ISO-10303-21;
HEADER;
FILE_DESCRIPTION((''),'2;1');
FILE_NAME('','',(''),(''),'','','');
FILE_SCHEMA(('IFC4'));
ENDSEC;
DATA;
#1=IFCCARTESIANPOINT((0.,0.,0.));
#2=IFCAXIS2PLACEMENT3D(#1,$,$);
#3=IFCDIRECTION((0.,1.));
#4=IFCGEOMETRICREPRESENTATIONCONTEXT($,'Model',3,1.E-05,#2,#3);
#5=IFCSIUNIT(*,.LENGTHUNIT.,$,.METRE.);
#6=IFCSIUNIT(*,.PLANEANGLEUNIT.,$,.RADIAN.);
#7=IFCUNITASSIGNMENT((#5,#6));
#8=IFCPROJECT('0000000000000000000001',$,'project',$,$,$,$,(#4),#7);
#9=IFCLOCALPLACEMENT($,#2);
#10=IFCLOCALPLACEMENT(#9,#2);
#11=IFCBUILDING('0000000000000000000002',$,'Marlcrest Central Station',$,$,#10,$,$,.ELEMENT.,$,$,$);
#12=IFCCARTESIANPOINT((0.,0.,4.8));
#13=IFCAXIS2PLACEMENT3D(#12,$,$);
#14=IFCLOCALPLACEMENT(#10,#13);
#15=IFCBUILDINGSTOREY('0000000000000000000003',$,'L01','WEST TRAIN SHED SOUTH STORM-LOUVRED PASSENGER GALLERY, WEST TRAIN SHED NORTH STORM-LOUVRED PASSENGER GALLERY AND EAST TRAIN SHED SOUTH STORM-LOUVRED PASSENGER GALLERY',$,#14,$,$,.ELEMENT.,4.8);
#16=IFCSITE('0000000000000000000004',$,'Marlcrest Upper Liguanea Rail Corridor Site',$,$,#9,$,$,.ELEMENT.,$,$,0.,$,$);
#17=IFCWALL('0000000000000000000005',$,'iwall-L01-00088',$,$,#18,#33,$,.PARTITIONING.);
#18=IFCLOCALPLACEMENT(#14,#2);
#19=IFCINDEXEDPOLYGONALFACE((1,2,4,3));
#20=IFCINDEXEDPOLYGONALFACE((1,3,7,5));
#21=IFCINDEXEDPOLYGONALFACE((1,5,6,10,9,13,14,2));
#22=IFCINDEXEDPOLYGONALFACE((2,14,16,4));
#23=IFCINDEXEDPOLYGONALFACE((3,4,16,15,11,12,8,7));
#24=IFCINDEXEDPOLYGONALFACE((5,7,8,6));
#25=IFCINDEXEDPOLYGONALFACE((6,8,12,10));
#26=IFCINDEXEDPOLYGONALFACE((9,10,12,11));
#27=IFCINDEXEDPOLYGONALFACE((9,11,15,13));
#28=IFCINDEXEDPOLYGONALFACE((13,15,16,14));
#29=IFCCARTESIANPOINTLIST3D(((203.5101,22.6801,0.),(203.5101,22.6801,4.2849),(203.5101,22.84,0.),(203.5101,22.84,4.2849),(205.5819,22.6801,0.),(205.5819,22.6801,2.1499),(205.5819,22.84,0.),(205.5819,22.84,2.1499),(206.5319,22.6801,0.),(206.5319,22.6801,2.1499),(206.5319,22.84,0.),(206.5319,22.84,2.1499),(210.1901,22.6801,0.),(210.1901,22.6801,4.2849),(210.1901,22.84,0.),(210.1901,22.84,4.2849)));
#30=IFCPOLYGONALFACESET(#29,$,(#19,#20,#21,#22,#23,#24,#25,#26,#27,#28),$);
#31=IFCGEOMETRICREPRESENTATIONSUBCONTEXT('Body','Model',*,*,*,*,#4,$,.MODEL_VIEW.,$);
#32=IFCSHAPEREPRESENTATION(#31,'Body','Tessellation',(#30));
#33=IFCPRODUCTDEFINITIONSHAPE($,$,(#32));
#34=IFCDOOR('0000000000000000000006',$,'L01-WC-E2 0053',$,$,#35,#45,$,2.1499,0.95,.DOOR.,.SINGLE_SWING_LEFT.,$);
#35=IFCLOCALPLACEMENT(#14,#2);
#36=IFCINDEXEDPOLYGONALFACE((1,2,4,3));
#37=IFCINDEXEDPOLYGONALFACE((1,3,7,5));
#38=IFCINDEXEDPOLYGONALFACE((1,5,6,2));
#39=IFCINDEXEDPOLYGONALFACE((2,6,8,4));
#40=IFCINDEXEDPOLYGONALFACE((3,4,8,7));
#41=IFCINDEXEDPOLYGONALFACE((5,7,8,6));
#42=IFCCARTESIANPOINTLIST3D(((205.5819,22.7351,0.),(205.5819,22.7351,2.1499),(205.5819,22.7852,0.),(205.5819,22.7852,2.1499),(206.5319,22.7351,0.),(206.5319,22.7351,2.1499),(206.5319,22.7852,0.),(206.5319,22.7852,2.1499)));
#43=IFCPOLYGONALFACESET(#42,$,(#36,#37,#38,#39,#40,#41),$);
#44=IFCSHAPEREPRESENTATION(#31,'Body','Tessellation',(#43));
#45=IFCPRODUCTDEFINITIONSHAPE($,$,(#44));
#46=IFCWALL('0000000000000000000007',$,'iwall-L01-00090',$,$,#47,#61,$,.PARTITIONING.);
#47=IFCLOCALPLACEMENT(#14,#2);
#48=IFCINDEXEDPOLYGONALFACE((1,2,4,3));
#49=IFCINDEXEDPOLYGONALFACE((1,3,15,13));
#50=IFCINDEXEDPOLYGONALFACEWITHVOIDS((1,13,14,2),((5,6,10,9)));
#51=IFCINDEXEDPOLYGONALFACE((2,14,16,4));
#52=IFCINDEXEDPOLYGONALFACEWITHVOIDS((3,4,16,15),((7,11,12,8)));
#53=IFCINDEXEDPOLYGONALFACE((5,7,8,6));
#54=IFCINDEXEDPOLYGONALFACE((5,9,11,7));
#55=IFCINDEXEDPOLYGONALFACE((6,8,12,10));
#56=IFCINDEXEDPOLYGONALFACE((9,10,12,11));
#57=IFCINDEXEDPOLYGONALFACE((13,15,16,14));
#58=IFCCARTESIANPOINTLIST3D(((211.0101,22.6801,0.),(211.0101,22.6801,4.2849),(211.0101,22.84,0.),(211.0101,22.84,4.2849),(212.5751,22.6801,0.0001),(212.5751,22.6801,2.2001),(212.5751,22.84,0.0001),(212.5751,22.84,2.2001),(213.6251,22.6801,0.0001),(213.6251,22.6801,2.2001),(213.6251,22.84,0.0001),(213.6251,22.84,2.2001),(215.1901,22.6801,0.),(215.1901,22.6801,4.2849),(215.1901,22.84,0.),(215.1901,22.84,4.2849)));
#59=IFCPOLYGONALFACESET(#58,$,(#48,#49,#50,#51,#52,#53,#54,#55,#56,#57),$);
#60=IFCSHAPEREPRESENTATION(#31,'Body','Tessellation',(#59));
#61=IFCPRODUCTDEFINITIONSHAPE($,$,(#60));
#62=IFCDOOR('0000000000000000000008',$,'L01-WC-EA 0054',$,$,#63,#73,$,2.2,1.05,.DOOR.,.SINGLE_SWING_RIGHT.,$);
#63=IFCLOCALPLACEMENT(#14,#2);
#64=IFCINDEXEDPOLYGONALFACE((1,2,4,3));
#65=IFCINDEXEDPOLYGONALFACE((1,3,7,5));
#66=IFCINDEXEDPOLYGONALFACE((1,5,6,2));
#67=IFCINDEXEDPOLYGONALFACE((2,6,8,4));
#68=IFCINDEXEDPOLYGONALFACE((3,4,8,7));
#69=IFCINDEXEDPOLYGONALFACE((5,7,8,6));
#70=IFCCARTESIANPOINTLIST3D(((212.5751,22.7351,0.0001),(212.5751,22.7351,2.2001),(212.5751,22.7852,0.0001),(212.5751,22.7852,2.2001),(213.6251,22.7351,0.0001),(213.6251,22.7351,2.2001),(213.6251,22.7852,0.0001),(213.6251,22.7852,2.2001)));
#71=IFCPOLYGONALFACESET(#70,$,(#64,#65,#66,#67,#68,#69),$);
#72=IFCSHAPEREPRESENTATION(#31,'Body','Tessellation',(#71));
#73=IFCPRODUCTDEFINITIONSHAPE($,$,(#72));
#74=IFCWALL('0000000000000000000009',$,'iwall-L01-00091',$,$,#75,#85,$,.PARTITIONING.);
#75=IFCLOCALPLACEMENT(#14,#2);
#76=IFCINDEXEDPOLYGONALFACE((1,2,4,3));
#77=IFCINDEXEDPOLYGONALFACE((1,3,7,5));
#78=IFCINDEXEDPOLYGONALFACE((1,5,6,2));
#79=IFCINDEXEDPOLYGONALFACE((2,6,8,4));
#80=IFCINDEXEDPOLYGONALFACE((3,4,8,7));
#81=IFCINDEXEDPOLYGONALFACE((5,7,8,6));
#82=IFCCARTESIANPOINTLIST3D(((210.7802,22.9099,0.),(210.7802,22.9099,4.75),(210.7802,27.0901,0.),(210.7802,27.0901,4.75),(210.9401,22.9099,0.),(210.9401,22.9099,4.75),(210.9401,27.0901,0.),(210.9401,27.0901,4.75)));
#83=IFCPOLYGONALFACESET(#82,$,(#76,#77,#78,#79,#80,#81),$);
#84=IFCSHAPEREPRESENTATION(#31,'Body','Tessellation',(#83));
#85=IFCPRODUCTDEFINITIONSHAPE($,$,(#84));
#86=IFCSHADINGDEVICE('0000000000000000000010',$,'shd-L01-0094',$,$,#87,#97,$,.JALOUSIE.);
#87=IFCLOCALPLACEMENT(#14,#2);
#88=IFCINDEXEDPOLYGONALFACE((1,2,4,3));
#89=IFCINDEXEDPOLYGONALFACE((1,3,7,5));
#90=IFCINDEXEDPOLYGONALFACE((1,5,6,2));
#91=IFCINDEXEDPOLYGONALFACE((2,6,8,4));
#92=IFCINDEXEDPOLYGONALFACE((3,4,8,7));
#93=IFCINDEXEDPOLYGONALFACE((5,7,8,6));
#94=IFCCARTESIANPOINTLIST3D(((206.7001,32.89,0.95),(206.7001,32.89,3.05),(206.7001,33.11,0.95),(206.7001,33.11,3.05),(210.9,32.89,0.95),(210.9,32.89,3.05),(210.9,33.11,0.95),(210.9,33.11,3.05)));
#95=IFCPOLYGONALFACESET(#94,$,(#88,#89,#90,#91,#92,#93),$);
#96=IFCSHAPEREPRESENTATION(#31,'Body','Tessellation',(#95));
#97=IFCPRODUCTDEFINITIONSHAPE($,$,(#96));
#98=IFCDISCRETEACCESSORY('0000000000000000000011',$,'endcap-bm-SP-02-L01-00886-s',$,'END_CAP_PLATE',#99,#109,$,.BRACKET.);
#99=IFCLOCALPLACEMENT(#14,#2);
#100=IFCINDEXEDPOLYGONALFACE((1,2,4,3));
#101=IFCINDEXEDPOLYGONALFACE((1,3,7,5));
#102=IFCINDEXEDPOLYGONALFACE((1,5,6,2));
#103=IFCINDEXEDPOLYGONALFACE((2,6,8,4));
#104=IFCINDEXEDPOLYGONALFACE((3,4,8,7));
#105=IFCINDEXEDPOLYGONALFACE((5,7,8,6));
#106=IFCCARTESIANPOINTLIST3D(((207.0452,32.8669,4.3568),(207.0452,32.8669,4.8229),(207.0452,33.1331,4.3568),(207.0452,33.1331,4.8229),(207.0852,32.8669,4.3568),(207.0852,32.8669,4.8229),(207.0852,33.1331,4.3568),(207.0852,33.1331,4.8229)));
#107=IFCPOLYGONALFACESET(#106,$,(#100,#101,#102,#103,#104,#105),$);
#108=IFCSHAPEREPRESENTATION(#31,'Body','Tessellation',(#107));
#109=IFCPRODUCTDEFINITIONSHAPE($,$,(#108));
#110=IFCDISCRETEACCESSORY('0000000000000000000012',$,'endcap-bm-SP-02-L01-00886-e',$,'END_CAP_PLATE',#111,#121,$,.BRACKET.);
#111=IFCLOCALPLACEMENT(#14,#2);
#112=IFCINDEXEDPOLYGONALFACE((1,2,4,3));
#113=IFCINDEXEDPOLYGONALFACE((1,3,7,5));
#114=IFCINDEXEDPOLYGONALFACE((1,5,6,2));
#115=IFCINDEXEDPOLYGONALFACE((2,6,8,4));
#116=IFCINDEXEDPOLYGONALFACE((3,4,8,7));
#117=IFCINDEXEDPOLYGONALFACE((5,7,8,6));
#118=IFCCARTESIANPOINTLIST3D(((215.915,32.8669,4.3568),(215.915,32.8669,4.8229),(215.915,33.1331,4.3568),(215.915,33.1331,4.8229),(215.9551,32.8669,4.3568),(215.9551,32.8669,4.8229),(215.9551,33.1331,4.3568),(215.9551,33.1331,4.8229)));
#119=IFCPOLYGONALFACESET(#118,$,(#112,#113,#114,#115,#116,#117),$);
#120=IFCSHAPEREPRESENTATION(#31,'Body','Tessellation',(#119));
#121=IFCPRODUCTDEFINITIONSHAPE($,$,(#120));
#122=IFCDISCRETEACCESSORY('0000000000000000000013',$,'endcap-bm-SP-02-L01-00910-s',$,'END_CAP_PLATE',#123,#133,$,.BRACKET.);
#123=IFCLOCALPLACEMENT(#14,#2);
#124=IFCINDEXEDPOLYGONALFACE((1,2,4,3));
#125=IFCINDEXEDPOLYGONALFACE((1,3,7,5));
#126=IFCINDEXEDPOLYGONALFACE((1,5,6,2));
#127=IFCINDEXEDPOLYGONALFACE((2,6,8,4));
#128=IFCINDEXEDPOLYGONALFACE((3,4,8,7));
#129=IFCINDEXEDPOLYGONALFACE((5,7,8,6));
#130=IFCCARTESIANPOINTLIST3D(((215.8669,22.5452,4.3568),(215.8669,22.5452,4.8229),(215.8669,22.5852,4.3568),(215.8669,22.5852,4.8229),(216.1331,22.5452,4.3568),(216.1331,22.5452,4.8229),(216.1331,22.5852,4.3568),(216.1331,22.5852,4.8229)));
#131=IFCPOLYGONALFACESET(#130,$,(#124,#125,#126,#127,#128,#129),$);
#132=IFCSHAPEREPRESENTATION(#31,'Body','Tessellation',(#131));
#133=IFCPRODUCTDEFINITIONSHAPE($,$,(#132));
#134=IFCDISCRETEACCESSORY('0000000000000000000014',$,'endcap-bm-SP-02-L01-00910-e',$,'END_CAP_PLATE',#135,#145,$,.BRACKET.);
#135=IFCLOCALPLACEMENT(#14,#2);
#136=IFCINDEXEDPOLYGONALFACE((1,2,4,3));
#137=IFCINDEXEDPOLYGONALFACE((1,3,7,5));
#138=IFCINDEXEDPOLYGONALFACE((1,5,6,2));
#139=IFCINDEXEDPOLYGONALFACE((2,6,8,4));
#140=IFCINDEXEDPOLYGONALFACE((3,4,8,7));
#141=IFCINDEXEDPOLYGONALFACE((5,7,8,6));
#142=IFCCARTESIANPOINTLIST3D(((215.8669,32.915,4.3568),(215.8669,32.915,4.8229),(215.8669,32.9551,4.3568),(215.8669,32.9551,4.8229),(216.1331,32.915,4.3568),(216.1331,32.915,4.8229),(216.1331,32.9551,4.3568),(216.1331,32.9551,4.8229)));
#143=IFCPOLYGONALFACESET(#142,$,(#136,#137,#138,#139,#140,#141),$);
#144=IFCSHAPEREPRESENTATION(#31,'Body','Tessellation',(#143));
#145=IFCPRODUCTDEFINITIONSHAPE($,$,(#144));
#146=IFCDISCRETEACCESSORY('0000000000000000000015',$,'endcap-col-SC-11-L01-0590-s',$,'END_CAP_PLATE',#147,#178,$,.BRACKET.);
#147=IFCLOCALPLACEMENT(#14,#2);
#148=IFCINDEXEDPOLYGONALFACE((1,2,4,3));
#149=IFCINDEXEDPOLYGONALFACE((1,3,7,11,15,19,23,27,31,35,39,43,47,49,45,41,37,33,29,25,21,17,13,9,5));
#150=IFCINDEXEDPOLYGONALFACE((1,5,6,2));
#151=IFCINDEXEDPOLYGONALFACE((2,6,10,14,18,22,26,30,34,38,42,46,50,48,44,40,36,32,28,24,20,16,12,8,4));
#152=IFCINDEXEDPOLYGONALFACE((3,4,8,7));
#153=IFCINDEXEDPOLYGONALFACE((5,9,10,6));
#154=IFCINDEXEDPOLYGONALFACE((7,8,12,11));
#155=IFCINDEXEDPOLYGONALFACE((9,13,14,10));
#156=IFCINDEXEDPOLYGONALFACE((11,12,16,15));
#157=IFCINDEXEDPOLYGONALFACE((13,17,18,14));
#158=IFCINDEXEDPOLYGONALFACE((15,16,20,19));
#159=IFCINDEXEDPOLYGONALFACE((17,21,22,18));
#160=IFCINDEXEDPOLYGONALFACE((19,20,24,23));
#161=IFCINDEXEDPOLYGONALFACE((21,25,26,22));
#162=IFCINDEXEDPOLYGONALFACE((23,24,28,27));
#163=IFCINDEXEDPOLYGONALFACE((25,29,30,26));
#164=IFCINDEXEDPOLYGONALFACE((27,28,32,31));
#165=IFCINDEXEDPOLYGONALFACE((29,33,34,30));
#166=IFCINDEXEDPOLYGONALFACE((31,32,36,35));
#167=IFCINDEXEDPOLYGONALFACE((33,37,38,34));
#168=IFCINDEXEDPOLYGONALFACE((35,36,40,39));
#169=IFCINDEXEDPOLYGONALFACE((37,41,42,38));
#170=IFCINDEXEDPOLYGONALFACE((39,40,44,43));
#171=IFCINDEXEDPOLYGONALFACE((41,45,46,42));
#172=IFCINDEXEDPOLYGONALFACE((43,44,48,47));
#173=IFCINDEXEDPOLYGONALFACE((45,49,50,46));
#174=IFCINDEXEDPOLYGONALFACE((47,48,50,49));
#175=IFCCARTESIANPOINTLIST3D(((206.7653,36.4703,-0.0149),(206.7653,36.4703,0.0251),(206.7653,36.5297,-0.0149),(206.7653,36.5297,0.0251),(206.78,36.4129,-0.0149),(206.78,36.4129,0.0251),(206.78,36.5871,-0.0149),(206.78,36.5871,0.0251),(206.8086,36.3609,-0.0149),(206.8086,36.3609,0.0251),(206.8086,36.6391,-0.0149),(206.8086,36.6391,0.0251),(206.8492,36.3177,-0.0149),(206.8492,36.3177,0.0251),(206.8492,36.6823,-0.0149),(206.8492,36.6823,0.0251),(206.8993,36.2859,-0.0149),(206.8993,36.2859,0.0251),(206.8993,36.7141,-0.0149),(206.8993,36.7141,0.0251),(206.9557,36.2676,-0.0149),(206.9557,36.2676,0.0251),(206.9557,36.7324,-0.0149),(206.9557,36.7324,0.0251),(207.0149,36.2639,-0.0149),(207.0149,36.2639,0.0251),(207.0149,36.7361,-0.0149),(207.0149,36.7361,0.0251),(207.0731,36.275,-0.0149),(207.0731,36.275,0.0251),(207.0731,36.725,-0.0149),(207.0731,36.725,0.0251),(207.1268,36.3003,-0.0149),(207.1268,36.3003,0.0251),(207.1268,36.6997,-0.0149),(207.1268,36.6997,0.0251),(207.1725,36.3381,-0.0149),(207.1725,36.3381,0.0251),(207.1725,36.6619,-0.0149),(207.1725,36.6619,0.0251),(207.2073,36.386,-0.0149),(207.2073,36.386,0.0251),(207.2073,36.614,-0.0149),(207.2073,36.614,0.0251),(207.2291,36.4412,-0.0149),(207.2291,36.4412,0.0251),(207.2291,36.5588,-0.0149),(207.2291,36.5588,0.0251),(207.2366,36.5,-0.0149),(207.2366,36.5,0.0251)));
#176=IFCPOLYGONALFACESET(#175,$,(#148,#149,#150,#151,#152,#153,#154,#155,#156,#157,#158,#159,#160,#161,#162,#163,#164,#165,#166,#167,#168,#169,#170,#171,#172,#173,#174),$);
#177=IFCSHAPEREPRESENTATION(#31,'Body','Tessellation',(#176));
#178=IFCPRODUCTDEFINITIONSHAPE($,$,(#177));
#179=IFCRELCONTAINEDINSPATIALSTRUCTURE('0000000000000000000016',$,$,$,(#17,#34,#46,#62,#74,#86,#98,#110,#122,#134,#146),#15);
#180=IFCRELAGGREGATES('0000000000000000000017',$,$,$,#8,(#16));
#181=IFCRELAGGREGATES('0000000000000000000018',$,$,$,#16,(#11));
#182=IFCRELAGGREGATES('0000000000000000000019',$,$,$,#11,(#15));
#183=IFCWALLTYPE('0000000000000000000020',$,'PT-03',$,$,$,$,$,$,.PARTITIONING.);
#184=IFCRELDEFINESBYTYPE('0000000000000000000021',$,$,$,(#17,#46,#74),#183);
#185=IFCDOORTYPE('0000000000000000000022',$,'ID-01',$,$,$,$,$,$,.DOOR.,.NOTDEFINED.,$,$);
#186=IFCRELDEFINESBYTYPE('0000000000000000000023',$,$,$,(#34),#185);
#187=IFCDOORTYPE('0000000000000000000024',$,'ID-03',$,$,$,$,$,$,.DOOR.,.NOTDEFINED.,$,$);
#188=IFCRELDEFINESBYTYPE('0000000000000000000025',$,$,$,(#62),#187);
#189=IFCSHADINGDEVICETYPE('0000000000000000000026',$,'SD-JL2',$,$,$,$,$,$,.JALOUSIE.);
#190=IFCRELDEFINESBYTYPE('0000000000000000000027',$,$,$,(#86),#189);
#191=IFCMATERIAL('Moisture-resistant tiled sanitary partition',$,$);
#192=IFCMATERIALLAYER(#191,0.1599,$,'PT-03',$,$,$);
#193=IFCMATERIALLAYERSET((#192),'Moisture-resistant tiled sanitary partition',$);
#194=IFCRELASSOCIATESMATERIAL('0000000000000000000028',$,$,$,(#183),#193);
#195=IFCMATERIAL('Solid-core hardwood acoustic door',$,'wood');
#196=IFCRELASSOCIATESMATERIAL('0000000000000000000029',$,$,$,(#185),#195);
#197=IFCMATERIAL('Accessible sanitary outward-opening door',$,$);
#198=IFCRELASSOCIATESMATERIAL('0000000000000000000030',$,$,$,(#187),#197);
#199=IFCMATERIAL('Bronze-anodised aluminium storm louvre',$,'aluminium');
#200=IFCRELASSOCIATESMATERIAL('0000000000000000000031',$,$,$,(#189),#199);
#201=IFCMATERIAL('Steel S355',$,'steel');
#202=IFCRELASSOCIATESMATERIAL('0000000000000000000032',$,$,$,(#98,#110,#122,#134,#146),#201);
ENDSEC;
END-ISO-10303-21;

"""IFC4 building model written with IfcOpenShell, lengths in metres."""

from ifc_helpers import new_model, si_unit, direction, frame, frame_2d, origin, origin_2d, place, context, subcontext, project, spatial, rectangle, circle, extrude, material, layer, layer_set, type_object, element, fill, save


model = new_model("IFC4")

# Units and contexts
model_context = context("Model", 3, precision=1e-05, world=origin(), true_north=direction((0.0, 1.0)))
body_context = subcontext(model_context, "Body", "Model", "MODEL_VIEW")
ifc_project = project(units=[si_unit("LENGTHUNIT", "METRE"), si_unit("PLANEANGLEUNIT", "RADIAN")], contexts=[model_context])

# Site, building, storey
site_placement = place(None, origin())
site = spatial("IfcSite", under=ifc_project, at=site_placement, Name="Marlcrest Upper Liguanea Rail Corridor Site", CompositionType="ELEMENT", RefElevation=0.0)
building_placement = place(site_placement, origin())
building = spatial("IfcBuilding", under=site, at=building_placement, Name="Marlcrest Central Station", CompositionType="ELEMENT")
storey_placement = place(building_placement, frame((0.0, 0.0, 4.8)))
storey = spatial("IfcBuildingStorey", under=building, at=storey_placement, Name="L01", Description="WEST TRAIN SHED SOUTH STORM-LOUVRED PASSENGER GALLERY, WEST TRAIN SHED NORTH STORM-LOUVRED PASSENGER GALLERY AND EAST TRAIN SHED SOUTH STORM-LOUVRED PASSENGER GALLERY", CompositionType="ELEMENT", Elevation=4.8)

# Shared definitions
ifc_material_1 = material(Name="Steel S355", Category="steel")

# Walls, openings, doors
ifc_material_2 = material(Name="Moisture-resistant tiled sanitary partition")
ifc_layer_1 = layer(ifc_material_2, 0.1599, Name="PT-03")
ifc_layer_set_1 = layer_set([ifc_layer_1], Name="Moisture-resistant tiled sanitary partition")
wall_type_1 = type_object("IfcWallType", Name="PT-03", PredefinedType="PARTITIONING", material=ifc_layer_set_1)
wall_1_placement = place(storey_placement, frame((210.1899, 22.76, 0.0), z_axis=(0.0, 0.0, 1.0), x_axis=(-1.0, 0.0, 0.0)))
wall_1 = element("IfcWall", 1, at=wall_1_placement, inside=storey, type_object=wall_type_1, Name="iwall-L01-00088", PredefinedType="PARTITIONING", context=body_context, shape_type="SweptSolid", body=[
    extrude(rectangle(XDim=6.6799, YDim=0.1599, at=frame_2d((3.3398, 0.0))), origin(), (0.0, 0.0, 1.0), 4.2849),
])
opening_1_placement = place(wall_1_placement, frame((3.658, 0.0, 0.0)))
opening_1 = element("IfcOpeningElement", 2, at=opening_1_placement, cuts=wall_1, PredefinedType="OPENING", context=body_context, shape_type="SweptSolid", body=[
    extrude(rectangle(XDim=0.95, YDim=2.1499, at=frame_2d((0.4751, 1.075))), frame((0.0, 0.0898, 0.0), z_axis=(0.0, -1.0, 0.0), x_axis=(1.0, 0.0, 0.0)), (0.0, 0.0, 1.0), 0.1799),
])
ifc_material_3 = material(Name="Solid-core hardwood acoustic door", Category="wood")
door_type_1 = type_object("IfcDoorType", Name="ID-01", OperationType="NOTDEFINED", PredefinedType="DOOR", material=ifc_material_3)
door_1_placement = place(opening_1_placement, origin())
door_1 = element("IfcDoor", 3, at=door_1_placement, inside=storey, type_object=door_type_1, Name="L01-WC-E2 0053", OperationType="SINGLE_SWING_LEFT", OverallHeight=2.1499, OverallWidth=0.95, PredefinedType="DOOR", context=body_context, shape_type="SweptSolid", body=[
    extrude(rectangle(XDim=0.95, YDim=2.1499, at=frame_2d((0.4751, 1.075))), frame((0.0, 0.0249, 0.0), z_axis=(0.0, -1.0, 0.0), x_axis=(1.0, 0.0, 0.0)), (0.0, 0.0, 1.0), 0.05),
])
fill(opening_1, door_1)
wall_2_placement = place(storey_placement, frame((215.1899, 22.76, 0.0), z_axis=(0.0, 0.0, 1.0), x_axis=(-1.0, 0.0, 0.0)))
wall_2 = element("IfcWall", 4, at=wall_2_placement, inside=storey, type_object=wall_type_1, Name="iwall-L01-00090", PredefinedType="PARTITIONING", context=body_context, shape_type="SweptSolid", body=[
    extrude(rectangle(XDim=4.1799, YDim=0.1599, at=frame_2d((2.0898, 0.0))), origin(), (0.0, 0.0, 1.0), 4.2849),
])
opening_2_placement = place(wall_2_placement, frame((1.5649, 0.0, 0.0)))
opening_2 = element("IfcOpeningElement", 5, at=opening_2_placement, cuts=wall_2, PredefinedType="OPENING", context=body_context, shape_type="SweptSolid", body=[
    extrude(rectangle(XDim=1.05, YDim=2.2, at=frame_2d((0.5249, 1.1001))), frame((0.0, 0.0898, 0.0), z_axis=(0.0, -1.0, 0.0), x_axis=(1.0, 0.0, 0.0)), (0.0, 0.0, 1.0), 0.1799),
])
ifc_material_4 = material(Name="Accessible sanitary outward-opening door")
door_type_2 = type_object("IfcDoorType", Name="ID-03", OperationType="NOTDEFINED", PredefinedType="DOOR", material=ifc_material_4)
door_2_placement = place(opening_2_placement, origin())
door_2 = element("IfcDoor", 6, at=door_2_placement, inside=storey, type_object=door_type_2, Name="L01-WC-EA 0054", OperationType="SINGLE_SWING_RIGHT", OverallHeight=2.2, OverallWidth=1.05, PredefinedType="DOOR", context=body_context, shape_type="SweptSolid", body=[
    extrude(rectangle(XDim=1.05, YDim=2.2, at=frame_2d((0.5249, 1.1001))), frame((0.0, 0.0249, 0.0), z_axis=(0.0, -1.0, 0.0), x_axis=(1.0, 0.0, 0.0)), (0.0, 0.0, 1.0), 0.05),
])
fill(opening_2, door_2)

# Wall
wall_3_placement = place(storey_placement, frame((210.8601, 22.9099, 0.0), z_axis=(0.0, 0.0, 1.0), x_axis=(0.0, 1.0, 0.0)))
element("IfcWall", 7, at=wall_3_placement, inside=storey, type_object=wall_type_1, Name="iwall-L01-00091", PredefinedType="PARTITIONING", context=body_context, shape_type="SweptSolid", body=[
    extrude(rectangle(XDim=4.1802, YDim=0.1599, at=frame_2d((2.0901, 0.0))), origin(), (0.0, 0.0, 1.0), 4.75),
])

# Shading device
ifc_material_5 = material(Name="Bronze-anodised aluminium storm louvre", Category="aluminium")
shading_device_type = type_object("IfcShadingDeviceType", Name="SD-JL2", PredefinedType="JALOUSIE", material=ifc_material_5)
shading_device_placement = place(storey_placement, frame((208.8, 33.0, 0.95), z_axis=(0.0, 0.0, 1.0), x_axis=(1.0, 0.0, 0.0)))
element("IfcShadingDevice", 8, at=shading_device_placement, inside=storey, type_object=shading_device_type, Name="shd-L01-0094", PredefinedType="JALOUSIE", context=body_context, shape_type="SweptSolid", body=[
    extrude(rectangle(XDim=4.2, YDim=0.22, at=origin_2d()), origin(), (0.0, 0.0, 1.0), 2.1001),
])

# Discrete accessories
for number, where, z_axis, x_axis, name in (
    (9, (207.0452, 33.0, 4.5898), (1.0, 0.0, 0.0), (0.0, 1.0, 0.0), "endcap-bm-SP-02-L01-00886-s"),
    (10, (215.915, 33.0, 4.5898), (1.0, 0.0, 0.0), (0.0, 1.0, 0.0), "endcap-bm-SP-02-L01-00886-e"),
    (11, (216.0, 22.5452, 4.5898), (0.0, 1.0, 0.0), (-1.0, 0.0, 0.0), "endcap-bm-SP-02-L01-00910-s"),
    (12, (216.0, 32.915, 4.5898), (0.0, 1.0, 0.0), (-1.0, 0.0, 0.0), "endcap-bm-SP-02-L01-00910-e"),
):
    element("IfcDiscreteAccessory", number, at=place(storey_placement, frame(where, z_axis=z_axis, x_axis=x_axis)), inside=storey, material=ifc_material_1, Name=name, ObjectType="END_CAP_PLATE", PredefinedType="BRACKET", context=body_context, shape_type="SweptSolid", body=[
        extrude(rectangle(XDim=0.2661, YDim=0.4661, at=origin_2d()), origin(), (0.0, 0.0, 1.0), 0.04),
    ])
for number, where, z_axis, x_axis, name in (
    (13, (207.0, 36.5, -0.0149), (0.0, 0.0, 1.0), (1.0, 0.0, 0.0), "endcap-col-SC-11-L01-0590-s"),
):
    element("IfcDiscreteAccessory", number, at=place(storey_placement, frame(where, z_axis=z_axis, x_axis=x_axis)), inside=storey, material=ifc_material_1, Name=name, ObjectType="END_CAP_PLATE", PredefinedType="BRACKET", context=body_context, shape_type="SweptSolid", body=[
        extrude(circle(Radius=0.2366, at=origin_2d()), origin(), (0.0, 0.0, 1.0), 0.04),
    ])

save(model, "model.ifc")
